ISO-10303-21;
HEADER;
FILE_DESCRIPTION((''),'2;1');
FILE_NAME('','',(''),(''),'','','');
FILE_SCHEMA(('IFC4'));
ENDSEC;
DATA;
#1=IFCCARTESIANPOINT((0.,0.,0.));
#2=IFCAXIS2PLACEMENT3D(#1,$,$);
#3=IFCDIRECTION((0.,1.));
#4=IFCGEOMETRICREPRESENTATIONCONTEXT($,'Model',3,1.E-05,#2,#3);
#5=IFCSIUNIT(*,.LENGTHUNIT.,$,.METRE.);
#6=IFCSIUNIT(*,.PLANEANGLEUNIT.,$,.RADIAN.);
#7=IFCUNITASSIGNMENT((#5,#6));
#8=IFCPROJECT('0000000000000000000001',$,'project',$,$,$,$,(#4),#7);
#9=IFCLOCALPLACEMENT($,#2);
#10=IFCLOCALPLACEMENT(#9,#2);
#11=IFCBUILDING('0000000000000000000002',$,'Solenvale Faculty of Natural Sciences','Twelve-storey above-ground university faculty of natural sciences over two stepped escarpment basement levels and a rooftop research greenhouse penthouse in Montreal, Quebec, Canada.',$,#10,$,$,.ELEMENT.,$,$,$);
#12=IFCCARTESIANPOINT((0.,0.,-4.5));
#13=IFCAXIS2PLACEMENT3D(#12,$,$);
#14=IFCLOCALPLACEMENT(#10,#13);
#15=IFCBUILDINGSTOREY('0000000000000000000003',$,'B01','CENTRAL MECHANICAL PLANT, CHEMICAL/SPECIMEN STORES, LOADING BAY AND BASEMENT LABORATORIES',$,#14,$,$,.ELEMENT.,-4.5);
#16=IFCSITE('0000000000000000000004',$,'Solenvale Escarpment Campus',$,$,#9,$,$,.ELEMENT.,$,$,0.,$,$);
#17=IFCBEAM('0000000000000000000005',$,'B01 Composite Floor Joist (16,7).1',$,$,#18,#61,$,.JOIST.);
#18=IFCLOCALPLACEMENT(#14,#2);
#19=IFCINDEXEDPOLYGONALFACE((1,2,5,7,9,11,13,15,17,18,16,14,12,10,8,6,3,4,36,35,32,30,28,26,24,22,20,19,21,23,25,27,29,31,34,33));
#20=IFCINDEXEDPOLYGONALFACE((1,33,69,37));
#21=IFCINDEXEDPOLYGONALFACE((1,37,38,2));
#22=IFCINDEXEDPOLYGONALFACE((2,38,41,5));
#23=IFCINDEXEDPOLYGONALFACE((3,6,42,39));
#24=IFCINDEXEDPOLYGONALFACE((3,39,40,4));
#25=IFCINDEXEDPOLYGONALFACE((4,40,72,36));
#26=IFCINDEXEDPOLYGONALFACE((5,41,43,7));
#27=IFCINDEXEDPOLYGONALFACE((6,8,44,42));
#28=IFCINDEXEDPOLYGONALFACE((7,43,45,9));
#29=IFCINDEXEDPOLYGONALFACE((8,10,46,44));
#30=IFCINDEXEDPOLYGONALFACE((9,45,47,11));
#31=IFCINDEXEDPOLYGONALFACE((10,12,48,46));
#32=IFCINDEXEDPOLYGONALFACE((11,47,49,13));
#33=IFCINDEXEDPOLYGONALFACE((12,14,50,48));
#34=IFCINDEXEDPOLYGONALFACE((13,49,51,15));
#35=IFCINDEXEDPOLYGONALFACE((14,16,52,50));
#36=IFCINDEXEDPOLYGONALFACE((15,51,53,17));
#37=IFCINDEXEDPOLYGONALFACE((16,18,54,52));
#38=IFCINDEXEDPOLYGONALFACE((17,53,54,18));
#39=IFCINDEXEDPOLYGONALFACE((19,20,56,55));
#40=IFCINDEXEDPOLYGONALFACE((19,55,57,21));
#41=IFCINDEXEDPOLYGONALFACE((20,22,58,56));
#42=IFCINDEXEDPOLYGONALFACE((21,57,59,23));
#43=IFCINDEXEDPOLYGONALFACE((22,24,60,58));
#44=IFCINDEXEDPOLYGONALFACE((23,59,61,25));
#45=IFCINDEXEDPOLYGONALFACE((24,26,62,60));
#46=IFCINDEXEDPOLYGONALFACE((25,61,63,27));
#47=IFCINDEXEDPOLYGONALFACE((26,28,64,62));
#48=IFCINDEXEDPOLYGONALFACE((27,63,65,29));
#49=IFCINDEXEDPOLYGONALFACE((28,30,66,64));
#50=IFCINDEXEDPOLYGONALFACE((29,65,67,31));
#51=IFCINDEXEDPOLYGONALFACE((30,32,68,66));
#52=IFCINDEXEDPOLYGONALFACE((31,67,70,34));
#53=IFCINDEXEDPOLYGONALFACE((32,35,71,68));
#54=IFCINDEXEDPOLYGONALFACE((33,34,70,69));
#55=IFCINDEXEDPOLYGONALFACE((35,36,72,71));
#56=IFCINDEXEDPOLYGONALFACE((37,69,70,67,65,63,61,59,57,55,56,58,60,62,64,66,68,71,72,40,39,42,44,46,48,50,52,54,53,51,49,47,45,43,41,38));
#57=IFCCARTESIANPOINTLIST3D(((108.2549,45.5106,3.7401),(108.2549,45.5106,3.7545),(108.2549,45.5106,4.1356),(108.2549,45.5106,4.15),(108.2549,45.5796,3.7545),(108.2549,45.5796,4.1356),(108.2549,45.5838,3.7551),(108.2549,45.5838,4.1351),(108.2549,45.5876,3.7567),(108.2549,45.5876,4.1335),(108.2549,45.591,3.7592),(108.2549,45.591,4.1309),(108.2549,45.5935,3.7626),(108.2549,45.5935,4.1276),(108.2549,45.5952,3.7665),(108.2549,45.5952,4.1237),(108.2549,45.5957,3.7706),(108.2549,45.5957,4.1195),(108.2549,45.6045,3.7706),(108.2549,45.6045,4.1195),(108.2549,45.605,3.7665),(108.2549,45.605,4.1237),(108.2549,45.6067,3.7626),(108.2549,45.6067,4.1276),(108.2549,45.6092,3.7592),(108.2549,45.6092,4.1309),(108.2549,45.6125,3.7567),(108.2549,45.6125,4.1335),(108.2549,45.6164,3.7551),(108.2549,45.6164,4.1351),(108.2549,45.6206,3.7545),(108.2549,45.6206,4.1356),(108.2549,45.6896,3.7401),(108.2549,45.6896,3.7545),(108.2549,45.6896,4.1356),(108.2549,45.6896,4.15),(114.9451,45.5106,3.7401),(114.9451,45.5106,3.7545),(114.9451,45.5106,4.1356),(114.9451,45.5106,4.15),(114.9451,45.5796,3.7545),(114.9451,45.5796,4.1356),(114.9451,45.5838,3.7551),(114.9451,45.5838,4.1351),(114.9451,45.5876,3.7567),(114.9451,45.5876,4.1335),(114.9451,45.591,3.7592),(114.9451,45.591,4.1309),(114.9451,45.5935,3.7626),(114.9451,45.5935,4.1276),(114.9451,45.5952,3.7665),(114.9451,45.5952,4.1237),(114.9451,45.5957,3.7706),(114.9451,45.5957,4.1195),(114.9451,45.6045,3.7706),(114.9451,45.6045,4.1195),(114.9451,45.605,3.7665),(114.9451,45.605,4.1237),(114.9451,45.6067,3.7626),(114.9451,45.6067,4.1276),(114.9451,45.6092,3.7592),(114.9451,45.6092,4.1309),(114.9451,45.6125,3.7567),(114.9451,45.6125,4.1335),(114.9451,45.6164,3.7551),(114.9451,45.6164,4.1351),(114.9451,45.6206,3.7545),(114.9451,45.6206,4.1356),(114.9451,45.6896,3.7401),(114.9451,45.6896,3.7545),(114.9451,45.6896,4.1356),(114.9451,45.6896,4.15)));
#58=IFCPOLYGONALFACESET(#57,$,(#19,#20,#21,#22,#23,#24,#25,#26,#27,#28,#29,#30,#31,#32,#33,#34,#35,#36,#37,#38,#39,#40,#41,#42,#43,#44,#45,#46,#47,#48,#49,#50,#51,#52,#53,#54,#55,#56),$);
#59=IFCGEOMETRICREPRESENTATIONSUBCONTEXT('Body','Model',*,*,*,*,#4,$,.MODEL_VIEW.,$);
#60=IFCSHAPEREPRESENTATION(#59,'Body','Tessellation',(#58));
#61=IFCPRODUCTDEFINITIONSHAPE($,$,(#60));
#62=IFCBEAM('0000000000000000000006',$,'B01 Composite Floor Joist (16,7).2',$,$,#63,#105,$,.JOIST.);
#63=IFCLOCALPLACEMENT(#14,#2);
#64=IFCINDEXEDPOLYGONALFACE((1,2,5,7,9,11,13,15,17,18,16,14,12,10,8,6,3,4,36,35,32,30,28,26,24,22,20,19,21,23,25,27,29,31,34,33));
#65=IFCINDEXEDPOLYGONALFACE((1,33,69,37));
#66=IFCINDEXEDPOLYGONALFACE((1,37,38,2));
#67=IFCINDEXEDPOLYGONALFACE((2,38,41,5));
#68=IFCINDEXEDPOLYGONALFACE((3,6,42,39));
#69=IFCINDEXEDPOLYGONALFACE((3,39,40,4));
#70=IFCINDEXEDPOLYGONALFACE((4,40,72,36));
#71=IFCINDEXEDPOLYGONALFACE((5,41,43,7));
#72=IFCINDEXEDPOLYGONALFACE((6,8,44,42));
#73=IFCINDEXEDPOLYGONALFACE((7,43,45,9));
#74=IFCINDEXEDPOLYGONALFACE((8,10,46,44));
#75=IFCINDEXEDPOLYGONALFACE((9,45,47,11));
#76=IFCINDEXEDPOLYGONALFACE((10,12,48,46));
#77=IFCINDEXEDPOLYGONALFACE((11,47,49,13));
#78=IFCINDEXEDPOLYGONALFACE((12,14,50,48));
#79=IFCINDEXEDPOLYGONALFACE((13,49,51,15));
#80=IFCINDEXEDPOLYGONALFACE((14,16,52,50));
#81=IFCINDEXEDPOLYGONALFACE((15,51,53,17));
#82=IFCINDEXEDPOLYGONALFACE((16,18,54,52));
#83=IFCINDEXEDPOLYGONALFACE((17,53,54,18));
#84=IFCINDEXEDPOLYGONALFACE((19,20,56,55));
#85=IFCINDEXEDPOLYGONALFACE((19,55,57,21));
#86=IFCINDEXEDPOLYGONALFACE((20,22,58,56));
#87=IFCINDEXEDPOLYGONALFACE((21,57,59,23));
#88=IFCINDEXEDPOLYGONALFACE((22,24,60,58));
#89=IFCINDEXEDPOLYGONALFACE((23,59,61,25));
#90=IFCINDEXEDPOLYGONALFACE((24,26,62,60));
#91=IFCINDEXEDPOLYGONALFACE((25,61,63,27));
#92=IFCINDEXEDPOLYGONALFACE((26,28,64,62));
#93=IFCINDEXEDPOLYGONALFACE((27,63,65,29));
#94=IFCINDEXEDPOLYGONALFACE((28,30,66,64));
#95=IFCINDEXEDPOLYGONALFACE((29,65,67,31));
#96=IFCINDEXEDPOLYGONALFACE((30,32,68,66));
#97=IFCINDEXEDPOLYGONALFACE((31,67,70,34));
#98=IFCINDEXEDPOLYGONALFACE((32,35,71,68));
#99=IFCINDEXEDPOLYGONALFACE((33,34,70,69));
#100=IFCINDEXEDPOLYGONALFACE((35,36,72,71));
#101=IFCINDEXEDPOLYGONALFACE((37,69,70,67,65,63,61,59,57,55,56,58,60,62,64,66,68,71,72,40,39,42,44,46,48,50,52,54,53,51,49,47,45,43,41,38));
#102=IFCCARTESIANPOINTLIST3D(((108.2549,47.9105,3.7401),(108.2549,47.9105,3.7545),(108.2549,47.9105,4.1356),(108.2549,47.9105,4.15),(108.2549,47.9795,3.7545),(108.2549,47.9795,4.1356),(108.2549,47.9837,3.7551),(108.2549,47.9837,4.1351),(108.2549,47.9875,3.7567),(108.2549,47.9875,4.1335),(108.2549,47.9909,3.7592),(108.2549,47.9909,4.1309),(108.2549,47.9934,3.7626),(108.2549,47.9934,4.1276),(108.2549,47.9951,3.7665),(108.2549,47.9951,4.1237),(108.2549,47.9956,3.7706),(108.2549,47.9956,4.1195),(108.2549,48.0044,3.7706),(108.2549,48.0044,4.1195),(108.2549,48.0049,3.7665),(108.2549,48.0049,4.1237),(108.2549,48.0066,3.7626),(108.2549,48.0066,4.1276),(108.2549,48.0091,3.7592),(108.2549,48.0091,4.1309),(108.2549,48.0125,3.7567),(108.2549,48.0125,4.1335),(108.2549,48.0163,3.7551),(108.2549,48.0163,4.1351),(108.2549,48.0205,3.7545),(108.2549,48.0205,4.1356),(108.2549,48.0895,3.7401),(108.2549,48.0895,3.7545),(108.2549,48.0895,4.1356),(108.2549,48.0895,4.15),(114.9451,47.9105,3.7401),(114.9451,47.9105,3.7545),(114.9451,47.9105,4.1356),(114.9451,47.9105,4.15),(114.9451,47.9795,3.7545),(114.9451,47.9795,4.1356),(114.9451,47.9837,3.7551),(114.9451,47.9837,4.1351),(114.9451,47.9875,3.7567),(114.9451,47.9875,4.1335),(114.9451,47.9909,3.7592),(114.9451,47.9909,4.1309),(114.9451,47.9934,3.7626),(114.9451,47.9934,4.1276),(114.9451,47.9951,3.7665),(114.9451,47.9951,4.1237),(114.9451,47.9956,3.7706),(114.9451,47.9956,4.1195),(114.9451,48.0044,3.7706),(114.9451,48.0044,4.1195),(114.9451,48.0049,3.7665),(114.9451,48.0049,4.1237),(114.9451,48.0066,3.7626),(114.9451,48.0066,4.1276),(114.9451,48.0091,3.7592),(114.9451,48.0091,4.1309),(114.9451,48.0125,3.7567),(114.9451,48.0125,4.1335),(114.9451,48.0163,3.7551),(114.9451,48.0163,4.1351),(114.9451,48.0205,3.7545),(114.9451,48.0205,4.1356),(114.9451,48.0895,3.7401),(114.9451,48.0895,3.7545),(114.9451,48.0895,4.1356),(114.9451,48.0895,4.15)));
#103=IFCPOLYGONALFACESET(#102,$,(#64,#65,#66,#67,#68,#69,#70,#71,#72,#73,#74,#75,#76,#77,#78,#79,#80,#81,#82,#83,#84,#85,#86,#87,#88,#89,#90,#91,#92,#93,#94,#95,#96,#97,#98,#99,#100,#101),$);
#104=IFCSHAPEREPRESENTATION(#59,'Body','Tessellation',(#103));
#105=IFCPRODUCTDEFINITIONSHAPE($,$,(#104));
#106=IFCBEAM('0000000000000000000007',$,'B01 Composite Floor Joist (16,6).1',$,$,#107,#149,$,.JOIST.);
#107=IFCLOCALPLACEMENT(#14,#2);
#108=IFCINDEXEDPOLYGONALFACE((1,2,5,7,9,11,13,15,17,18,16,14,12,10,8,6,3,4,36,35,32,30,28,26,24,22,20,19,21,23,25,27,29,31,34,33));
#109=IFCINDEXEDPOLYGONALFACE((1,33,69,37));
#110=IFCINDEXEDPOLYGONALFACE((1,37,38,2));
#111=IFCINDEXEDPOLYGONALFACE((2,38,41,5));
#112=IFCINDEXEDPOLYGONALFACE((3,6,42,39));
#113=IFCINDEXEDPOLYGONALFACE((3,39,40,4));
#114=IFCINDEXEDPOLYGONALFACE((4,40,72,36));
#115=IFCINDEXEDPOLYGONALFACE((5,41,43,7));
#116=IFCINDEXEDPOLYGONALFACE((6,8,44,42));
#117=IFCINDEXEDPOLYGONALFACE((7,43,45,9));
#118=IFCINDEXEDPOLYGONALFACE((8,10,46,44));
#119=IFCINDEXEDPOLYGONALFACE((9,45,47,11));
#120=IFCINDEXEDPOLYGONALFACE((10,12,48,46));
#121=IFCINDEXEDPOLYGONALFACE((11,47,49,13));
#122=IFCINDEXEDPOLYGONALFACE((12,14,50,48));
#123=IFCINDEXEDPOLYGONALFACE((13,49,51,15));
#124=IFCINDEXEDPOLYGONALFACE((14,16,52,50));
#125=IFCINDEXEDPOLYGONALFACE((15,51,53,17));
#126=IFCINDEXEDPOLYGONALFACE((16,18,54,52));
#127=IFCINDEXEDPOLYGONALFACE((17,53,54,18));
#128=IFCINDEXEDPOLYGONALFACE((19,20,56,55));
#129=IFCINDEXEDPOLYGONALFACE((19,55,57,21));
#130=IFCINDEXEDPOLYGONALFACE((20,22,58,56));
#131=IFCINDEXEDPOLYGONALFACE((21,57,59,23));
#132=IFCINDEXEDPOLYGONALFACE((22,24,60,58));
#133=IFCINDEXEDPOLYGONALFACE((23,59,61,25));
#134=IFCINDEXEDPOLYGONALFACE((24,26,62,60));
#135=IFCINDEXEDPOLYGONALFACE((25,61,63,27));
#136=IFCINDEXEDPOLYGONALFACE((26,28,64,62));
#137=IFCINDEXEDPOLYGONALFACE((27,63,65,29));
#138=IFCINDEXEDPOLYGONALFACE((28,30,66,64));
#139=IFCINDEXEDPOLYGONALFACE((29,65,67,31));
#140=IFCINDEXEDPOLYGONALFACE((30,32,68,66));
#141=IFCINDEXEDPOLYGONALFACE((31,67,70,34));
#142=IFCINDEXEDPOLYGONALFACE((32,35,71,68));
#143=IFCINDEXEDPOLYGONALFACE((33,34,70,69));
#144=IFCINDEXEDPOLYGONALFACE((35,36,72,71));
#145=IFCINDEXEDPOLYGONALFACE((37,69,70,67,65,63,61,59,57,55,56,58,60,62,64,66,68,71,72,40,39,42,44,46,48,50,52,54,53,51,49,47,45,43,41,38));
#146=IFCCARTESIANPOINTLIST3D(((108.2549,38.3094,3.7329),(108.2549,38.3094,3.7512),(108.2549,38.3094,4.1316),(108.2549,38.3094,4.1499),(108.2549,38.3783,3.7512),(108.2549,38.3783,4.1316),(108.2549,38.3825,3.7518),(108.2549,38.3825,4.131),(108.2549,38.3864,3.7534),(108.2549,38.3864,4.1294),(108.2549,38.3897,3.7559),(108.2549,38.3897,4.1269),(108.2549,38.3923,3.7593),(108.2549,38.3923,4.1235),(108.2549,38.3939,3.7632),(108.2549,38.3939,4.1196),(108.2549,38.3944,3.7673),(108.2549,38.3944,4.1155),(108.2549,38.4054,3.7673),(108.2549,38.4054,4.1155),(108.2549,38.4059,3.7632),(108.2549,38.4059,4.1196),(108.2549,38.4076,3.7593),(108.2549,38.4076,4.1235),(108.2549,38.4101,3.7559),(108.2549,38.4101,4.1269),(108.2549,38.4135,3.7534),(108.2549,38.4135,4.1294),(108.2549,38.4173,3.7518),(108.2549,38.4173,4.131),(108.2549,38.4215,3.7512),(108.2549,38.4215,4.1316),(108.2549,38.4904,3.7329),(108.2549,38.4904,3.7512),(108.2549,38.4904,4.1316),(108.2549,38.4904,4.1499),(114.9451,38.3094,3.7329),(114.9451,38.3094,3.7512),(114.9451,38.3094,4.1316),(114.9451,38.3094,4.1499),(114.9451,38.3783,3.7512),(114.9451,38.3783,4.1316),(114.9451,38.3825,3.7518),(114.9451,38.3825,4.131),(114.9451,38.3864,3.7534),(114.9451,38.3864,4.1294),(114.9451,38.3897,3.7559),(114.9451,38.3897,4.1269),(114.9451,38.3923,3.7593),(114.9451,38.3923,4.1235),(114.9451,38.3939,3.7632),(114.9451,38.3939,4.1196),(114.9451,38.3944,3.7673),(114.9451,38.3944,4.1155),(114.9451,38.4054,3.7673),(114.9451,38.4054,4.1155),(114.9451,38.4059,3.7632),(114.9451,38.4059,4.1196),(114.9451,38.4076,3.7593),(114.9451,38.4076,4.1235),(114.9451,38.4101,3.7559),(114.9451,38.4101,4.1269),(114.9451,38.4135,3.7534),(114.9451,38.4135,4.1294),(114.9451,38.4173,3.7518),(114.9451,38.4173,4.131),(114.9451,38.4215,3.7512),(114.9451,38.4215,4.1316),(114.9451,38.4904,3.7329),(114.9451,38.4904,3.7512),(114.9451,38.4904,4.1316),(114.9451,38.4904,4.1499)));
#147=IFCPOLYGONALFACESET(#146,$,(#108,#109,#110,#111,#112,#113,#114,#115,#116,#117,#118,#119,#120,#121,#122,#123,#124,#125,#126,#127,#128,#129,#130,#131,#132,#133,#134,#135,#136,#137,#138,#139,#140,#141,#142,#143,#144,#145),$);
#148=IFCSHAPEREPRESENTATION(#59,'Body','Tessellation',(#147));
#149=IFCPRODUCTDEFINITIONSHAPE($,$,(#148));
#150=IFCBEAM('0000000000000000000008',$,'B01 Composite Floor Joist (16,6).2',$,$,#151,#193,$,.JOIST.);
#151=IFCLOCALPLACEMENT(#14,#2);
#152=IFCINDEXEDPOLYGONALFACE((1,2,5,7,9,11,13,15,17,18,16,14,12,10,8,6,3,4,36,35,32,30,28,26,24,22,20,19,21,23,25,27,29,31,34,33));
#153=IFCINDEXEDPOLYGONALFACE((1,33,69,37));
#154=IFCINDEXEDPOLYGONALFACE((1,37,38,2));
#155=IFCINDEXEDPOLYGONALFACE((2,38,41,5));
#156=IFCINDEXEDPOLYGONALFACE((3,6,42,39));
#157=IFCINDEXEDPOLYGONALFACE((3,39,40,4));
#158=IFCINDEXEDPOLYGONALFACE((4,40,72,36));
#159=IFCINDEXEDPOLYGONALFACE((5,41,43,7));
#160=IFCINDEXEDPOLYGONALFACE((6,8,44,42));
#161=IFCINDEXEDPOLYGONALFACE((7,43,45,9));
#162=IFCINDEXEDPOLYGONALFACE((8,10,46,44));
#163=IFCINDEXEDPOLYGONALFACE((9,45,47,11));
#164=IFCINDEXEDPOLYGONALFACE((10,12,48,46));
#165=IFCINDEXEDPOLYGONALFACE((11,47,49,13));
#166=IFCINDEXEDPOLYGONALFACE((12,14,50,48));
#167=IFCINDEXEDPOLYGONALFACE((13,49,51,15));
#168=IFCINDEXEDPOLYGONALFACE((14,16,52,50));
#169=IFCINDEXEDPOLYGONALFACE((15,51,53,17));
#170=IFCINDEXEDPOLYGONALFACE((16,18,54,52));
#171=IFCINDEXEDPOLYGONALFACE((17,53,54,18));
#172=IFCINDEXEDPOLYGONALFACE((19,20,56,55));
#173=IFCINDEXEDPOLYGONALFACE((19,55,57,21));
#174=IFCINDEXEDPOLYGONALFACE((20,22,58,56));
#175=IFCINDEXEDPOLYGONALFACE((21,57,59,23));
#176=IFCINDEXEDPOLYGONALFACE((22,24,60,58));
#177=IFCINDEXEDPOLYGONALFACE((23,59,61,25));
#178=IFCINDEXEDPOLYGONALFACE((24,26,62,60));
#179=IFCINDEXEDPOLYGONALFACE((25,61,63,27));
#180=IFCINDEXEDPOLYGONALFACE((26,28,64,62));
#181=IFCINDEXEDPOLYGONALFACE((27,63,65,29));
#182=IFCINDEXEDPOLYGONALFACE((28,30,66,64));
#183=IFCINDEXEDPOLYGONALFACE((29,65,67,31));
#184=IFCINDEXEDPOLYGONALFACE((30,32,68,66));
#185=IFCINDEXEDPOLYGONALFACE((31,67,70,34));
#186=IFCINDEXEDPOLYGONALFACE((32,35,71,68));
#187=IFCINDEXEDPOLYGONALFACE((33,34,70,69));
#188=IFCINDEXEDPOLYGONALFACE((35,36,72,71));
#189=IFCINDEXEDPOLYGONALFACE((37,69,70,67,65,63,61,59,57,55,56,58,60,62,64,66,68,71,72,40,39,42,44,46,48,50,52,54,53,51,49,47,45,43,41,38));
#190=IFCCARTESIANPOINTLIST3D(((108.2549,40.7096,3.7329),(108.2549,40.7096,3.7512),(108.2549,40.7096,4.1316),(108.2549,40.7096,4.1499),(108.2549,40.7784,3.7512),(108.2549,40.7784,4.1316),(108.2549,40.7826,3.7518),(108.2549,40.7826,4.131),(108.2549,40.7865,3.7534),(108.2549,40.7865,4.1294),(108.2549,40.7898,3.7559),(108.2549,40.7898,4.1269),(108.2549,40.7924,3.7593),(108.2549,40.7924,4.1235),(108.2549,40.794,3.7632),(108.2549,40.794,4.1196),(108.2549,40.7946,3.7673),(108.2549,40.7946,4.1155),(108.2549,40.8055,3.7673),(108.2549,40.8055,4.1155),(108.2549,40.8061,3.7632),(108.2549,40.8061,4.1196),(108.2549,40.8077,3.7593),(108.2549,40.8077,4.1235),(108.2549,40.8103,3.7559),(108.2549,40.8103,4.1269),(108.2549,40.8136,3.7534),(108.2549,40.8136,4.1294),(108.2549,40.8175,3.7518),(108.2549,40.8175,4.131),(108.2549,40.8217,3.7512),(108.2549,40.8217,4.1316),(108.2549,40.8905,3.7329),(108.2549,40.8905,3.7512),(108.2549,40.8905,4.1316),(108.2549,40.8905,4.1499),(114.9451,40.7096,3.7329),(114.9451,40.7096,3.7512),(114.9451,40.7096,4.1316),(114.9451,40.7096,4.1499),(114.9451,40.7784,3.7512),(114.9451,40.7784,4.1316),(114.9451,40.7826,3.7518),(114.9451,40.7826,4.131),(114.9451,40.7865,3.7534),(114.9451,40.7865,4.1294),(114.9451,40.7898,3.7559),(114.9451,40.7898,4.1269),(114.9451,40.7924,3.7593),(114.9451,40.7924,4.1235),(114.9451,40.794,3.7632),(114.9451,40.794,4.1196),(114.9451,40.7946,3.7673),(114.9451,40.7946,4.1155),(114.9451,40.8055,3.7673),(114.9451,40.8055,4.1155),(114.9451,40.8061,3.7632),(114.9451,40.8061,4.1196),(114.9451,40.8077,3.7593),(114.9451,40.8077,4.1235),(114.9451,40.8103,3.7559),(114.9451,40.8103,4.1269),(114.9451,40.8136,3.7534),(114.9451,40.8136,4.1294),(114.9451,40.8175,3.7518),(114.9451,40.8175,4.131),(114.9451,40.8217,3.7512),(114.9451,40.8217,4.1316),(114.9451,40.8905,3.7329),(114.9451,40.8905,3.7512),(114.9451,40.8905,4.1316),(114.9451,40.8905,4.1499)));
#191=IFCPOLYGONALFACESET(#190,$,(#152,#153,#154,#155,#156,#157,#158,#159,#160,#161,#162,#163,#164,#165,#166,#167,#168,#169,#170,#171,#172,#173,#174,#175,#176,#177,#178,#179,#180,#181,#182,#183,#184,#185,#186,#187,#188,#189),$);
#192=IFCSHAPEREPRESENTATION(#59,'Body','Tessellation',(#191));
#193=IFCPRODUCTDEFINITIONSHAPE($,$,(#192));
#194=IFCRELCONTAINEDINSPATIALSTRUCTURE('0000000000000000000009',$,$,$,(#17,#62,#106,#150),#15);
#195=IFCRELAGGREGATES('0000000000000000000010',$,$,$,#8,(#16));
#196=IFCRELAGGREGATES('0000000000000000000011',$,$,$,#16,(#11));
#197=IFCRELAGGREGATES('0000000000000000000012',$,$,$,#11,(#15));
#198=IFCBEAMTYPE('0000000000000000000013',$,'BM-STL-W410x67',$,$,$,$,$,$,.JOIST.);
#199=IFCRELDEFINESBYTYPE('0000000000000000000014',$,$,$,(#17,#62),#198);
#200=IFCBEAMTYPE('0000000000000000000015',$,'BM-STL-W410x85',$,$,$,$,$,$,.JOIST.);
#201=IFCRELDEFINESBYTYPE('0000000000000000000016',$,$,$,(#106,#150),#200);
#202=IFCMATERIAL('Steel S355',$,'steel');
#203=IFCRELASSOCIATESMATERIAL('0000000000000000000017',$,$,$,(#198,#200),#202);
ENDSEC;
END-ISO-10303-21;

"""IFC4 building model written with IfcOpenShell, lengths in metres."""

from ifc_helpers import new_model, si_unit, direction, frame, origin, origin_2d, place, context, subcontext, project, spatial, i_section, extrude, material, material_profile, profile_set, type_object, element, save


model = new_model("IFC4")

# Units and contexts
model_context = context("Model", 3, precision=1e-05, world=origin(), true_north=direction((0.0, 1.0)))
body_context = subcontext(model_context, "Body", "Model", "MODEL_VIEW")
ifc_project = project(units=[si_unit("LENGTHUNIT", "METRE"), si_unit("PLANEANGLEUNIT", "RADIAN")], contexts=[model_context])

# Site, building, storey
site_placement = place(None, origin())
site = spatial("IfcSite", under=ifc_project, at=site_placement, Name="Solenvale Escarpment Campus", CompositionType="ELEMENT", RefElevation=0.0)
building_placement = place(site_placement, origin())
building = spatial("IfcBuilding", under=site, at=building_placement, Name="Solenvale Faculty of Natural Sciences", Description="Twelve-storey above-ground university faculty of natural sciences over two stepped escarpment basement levels and a rooftop research greenhouse penthouse in Montreal, Quebec, Canada.", CompositionType="ELEMENT")
storey_placement = place(building_placement, frame((0.0, 0.0, -4.5)))
storey = spatial("IfcBuildingStorey", under=building, at=storey_placement, Name="B01", Description="CENTRAL MECHANICAL PLANT, CHEMICAL/SPECIMEN STORES, LOADING BAY AND BASEMENT LABORATORIES", CompositionType="ELEMENT", Elevation=-4.5)

# Beams
ifc_material_1 = material(Name="Steel S355", Category="steel")
ifc_material_profile_1 = material_profile(ifc_material_1, i_section(OverallWidth=0.179, OverallDepth=0.4099, WebThickness=0.0088, FlangeThickness=0.0144, FilletRadius=0.0161, at=origin_2d()), Name="W410x67")
ifc_profile_set_1 = profile_set([ifc_material_profile_1], Name="Steel S355")
beam_type_1 = type_object("IfcBeamType", Name="BM-STL-W410x67", PredefinedType="JOIST", material=ifc_profile_set_1)
for number, where, z_axis, x_axis, name in (
    (1, (108.2549, 45.6001, 3.9451), (1.0, 0.0, 0.0), (0.0, 1.0, 0.0), "B01 Composite Floor Joist (16,7).1"),
    (2, (108.2549, 48.0, 3.9451), (1.0, 0.0, 0.0), (0.0, 1.0, 0.0), "B01 Composite Floor Joist (16,7).2"),
):
    element("IfcBeam", number, at=place(storey_placement, frame(where, z_axis=z_axis, x_axis=x_axis)), inside=storey, type_object=beam_type_1, Name=name, PredefinedType="JOIST", context=body_context, shape_type="SweptSolid", body=[
        extrude(i_section(OverallWidth=0.179, OverallDepth=0.4099, WebThickness=0.0088, FlangeThickness=0.0144, FilletRadius=0.0161, at=origin_2d()), origin(), (0.0, 0.0, 1.0), 6.6902),
    ])
ifc_material_profile_2 = material_profile(ifc_material_1, i_section(OverallWidth=0.1809, OverallDepth=0.417, WebThickness=0.011, FlangeThickness=0.0183, FilletRadius=0.0161, at=origin_2d()), Name="W410x85")
ifc_profile_set_2 = profile_set([ifc_material_profile_2], Name="Steel S355")
beam_type_2 = type_object("IfcBeamType", Name="BM-STL-W410x85", PredefinedType="JOIST", material=ifc_profile_set_2)
for number, where, z_axis, x_axis, name in (
    (3, (108.2549, 38.3999, 3.9414), (1.0, 0.0, 0.0), (0.0, 1.0, 0.0), "B01 Composite Floor Joist (16,6).1"),
    (4, (108.2549, 40.8, 3.9414), (1.0, 0.0, 0.0), (0.0, 1.0, 0.0), "B01 Composite Floor Joist (16,6).2"),
):
    element("IfcBeam", number, at=place(storey_placement, frame(where, z_axis=z_axis, x_axis=x_axis)), inside=storey, type_object=beam_type_2, Name=name, PredefinedType="JOIST", context=body_context, shape_type="SweptSolid", body=[
        extrude(i_section(OverallWidth=0.1809, OverallDepth=0.417, WebThickness=0.011, FlangeThickness=0.0183, FilletRadius=0.0161, at=origin_2d()), origin(), (0.0, 0.0, 1.0), 6.6902),
    ])

save(model, "model.ifc")
